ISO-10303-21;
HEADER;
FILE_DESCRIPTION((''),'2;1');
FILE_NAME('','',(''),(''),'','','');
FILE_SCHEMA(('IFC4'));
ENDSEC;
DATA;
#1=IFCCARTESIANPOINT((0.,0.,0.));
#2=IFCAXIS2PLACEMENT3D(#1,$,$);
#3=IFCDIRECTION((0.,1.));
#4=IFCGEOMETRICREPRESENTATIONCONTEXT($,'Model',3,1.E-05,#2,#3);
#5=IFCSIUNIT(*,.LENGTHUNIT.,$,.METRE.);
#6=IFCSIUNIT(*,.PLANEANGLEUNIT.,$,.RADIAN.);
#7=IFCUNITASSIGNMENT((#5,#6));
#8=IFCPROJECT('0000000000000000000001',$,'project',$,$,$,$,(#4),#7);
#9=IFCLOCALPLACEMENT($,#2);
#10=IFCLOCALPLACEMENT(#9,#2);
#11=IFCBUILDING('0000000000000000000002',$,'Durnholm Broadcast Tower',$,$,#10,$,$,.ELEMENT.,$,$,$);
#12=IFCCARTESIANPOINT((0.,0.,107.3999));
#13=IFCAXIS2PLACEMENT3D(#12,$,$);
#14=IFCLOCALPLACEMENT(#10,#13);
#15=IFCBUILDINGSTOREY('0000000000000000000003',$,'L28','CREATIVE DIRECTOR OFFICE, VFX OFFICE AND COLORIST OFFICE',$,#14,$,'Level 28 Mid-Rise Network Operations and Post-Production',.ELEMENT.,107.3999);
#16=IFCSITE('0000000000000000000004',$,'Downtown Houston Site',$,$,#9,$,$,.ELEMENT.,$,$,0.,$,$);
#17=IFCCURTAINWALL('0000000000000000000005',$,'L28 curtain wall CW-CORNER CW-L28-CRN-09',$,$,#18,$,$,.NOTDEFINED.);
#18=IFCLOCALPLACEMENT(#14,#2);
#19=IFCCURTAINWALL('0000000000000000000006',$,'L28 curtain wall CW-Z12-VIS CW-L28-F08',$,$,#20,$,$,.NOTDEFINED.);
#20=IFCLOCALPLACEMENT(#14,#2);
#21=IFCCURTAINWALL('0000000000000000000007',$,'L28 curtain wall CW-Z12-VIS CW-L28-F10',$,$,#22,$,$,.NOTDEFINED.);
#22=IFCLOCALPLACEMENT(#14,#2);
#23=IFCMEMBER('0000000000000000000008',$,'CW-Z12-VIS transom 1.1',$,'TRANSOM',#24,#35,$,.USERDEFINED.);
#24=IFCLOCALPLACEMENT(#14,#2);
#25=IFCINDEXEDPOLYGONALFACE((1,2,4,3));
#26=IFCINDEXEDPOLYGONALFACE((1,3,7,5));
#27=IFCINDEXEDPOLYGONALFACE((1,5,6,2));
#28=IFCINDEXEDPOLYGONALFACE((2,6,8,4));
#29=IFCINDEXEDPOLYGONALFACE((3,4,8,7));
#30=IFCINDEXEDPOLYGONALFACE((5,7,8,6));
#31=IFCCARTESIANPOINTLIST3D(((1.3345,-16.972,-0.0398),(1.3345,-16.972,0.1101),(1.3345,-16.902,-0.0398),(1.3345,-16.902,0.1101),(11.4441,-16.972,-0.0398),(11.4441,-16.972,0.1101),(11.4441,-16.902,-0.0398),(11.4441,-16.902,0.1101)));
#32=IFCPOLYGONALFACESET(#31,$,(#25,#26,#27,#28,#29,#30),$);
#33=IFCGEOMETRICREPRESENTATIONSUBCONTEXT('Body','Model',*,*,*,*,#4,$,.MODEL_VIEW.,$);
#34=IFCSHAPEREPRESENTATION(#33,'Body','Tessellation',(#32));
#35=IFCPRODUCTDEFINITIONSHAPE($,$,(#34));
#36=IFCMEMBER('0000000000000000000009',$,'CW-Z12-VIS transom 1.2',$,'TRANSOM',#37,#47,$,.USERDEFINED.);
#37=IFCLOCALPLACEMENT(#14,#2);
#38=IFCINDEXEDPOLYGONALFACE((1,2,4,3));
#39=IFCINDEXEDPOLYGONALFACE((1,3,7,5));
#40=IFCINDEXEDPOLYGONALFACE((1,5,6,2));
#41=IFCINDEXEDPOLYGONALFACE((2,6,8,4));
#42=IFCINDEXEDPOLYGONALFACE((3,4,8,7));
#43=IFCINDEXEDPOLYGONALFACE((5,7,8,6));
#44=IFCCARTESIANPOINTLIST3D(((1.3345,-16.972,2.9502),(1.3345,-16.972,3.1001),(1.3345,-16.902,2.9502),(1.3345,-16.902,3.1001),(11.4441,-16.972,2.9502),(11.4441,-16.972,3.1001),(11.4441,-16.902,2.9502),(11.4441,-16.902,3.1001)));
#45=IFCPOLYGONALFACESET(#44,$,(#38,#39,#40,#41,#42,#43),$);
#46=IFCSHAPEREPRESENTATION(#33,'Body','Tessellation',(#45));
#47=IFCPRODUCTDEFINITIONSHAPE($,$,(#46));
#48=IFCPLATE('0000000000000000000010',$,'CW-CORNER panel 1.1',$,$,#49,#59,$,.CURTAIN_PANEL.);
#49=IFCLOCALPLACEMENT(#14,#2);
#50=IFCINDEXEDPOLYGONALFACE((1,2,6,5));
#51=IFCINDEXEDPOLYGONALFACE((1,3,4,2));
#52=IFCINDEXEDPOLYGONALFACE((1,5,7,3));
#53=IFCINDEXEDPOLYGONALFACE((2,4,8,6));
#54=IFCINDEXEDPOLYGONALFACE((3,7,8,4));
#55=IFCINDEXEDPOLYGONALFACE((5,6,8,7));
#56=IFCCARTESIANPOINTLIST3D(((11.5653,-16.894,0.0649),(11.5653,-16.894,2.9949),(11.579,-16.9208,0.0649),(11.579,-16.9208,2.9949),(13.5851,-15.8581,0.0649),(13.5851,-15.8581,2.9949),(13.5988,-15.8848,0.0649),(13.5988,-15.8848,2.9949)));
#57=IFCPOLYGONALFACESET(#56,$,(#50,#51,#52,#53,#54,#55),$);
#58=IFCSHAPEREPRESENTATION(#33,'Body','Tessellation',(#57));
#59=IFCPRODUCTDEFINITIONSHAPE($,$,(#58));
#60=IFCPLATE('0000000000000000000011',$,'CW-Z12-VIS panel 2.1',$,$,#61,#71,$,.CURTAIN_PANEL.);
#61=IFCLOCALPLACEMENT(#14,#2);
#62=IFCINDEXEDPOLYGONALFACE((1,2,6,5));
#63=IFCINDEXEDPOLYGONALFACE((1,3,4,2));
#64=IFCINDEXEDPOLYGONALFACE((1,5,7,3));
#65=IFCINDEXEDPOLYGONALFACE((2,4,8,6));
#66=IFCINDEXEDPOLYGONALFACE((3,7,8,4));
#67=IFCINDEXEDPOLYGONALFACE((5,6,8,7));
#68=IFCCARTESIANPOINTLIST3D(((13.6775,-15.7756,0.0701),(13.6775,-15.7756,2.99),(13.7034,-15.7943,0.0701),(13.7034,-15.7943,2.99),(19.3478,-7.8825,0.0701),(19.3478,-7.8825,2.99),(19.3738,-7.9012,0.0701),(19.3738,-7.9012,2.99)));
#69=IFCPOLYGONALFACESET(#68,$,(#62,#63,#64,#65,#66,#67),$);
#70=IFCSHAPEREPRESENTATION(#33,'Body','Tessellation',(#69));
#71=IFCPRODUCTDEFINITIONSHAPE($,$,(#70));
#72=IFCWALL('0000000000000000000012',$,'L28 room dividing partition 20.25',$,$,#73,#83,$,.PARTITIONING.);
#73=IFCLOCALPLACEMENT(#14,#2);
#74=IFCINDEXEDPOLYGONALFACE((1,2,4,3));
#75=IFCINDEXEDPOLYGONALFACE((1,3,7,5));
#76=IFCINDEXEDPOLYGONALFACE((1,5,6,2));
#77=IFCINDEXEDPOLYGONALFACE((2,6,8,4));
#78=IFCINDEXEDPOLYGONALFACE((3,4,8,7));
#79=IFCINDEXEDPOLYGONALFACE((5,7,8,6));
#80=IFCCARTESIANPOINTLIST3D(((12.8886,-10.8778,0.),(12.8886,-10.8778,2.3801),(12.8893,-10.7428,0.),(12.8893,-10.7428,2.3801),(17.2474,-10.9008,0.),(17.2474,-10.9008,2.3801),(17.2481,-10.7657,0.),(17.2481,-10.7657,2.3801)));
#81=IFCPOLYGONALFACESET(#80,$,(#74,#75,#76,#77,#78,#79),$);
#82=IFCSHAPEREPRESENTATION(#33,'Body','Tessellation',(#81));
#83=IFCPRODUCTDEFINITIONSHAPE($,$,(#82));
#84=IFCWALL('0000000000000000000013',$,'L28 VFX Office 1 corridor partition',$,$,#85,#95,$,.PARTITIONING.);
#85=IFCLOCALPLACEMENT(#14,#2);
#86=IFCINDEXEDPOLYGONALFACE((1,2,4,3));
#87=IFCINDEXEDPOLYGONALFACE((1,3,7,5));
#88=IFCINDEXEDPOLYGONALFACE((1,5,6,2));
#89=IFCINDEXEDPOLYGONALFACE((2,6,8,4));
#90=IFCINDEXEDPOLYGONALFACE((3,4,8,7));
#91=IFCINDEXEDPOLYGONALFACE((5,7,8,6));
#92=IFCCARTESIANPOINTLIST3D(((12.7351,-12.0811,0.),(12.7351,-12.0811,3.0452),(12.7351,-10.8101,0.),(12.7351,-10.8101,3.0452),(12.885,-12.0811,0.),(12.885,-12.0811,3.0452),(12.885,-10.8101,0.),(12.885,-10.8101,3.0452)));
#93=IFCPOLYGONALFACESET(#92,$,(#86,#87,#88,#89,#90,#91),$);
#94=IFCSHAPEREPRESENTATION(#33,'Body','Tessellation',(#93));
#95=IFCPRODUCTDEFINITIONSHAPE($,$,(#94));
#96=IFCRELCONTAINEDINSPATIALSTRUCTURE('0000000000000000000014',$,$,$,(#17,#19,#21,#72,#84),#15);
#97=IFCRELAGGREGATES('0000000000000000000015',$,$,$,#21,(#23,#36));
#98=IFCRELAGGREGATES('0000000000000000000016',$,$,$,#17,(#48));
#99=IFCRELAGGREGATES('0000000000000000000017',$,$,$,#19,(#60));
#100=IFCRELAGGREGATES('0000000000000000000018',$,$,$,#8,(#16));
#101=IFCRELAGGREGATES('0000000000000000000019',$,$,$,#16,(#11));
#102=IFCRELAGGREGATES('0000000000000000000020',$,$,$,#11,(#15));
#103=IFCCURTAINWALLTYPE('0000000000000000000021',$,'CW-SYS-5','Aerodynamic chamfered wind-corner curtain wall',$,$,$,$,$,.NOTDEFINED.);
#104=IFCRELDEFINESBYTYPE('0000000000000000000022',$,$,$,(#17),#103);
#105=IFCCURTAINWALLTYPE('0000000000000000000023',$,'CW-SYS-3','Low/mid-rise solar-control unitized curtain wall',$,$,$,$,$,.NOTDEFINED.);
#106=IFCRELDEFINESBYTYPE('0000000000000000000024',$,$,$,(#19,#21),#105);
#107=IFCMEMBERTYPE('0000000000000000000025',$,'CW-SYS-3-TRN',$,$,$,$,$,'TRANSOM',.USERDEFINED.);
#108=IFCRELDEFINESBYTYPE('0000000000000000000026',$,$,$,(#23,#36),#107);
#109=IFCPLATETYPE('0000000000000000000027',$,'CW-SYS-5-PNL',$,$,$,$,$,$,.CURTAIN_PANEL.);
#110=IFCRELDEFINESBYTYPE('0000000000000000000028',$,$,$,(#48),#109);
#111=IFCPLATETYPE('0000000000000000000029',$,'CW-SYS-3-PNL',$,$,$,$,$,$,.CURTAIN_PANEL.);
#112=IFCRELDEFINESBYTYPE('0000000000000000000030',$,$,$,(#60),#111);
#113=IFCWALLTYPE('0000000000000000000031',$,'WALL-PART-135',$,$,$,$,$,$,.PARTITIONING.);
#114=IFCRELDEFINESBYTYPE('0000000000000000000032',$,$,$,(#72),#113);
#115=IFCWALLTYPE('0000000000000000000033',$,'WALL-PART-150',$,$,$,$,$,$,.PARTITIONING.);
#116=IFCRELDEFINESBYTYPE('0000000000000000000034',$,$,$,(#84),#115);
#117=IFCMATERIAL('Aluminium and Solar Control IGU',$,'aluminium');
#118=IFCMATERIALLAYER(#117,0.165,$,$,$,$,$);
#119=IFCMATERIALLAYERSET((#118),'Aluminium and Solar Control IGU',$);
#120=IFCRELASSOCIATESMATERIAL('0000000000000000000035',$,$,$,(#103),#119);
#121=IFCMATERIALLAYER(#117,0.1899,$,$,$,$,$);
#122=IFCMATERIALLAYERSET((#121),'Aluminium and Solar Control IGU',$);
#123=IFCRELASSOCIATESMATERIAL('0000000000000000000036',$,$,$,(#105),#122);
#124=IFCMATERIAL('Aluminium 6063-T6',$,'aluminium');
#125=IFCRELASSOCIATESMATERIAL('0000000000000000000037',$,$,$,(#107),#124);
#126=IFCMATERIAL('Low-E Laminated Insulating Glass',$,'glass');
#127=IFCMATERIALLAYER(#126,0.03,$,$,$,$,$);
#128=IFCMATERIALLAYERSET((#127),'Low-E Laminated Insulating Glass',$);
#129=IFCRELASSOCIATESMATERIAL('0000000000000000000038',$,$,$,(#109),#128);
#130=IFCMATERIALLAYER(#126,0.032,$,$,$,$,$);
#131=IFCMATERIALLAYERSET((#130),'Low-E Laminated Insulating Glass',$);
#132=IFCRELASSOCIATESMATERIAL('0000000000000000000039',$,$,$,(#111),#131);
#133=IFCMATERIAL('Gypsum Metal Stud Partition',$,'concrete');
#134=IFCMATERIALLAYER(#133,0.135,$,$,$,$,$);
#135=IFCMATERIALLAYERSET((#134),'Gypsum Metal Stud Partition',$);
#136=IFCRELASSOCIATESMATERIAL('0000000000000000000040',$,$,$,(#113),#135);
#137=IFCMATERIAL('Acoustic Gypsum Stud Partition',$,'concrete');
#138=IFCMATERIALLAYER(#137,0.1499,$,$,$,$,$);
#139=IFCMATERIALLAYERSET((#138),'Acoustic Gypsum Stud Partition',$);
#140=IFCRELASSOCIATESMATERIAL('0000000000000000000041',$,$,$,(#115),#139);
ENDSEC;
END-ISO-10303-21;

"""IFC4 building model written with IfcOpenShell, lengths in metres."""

from ifc_helpers import new_model, si_unit, direction, frame, frame_2d, origin, origin_2d, place, context, subcontext, project, spatial, rectangle, extrude, source, transform, mapped, material, layer, layer_set, material_profile, profile_set, type_object, type_shapes, element, aggregate, save


model = new_model("IFC4")

# Units and contexts
model_context = context("Model", 3, precision=1e-05, world=origin(), true_north=direction((0.0, 1.0)))
body_context = subcontext(model_context, "Body", "Model", "MODEL_VIEW")
ifc_project = project(units=[si_unit("LENGTHUNIT", "METRE"), si_unit("PLANEANGLEUNIT", "RADIAN")], contexts=[model_context])

# Site, building, storey
site_placement = place(None, origin())
site = spatial("IfcSite", under=ifc_project, at=site_placement, Name="Downtown Houston Site", CompositionType="ELEMENT", RefElevation=0.0)
building_placement = place(site_placement, origin())
building = spatial("IfcBuilding", under=site, at=building_placement, Name="Durnholm Broadcast Tower", CompositionType="ELEMENT")
storey_placement = place(building_placement, frame((0.0, 0.0, 107.3999)))
storey = spatial("IfcBuildingStorey", under=building, at=storey_placement, Name="L28", Description="CREATIVE DIRECTOR OFFICE, VFX OFFICE AND COLORIST OFFICE", LongName="Level 28 Mid-Rise Network Operations and Post-Production", CompositionType="ELEMENT", Elevation=107.3999)

# Curtain wall
ifc_material_1 = material(Name="Aluminium and Solar Control IGU", Category="aluminium")
ifc_layer_1 = layer(ifc_material_1, 0.165)
ifc_layer_set_1 = layer_set([ifc_layer_1], Name="Aluminium and Solar Control IGU")
curtain_wall_type_1 = type_object("IfcCurtainWallType", Name="CW-SYS-5", Description="Aerodynamic chamfered wind-corner curtain wall", PredefinedType="NOTDEFINED", material=ifc_layer_set_1)
curtain_wall_1_placement = place(storey_placement, origin())
curtain_wall_1 = element("IfcCurtainWall", 1, at=curtain_wall_1_placement, inside=storey, type_object=curtain_wall_type_1, Name="L28 curtain wall CW-CORNER CW-L28-CRN-09", PredefinedType="NOTDEFINED")
ifc_material_2 = material(Name="Aluminium 6063-T6", Category="aluminium")

# Curtain walls
ifc_layer_2 = layer(ifc_material_1, 0.1899)
ifc_layer_set_2 = layer_set([ifc_layer_2], Name="Aluminium and Solar Control IGU")
curtain_wall_type_2 = type_object("IfcCurtainWallType", Name="CW-SYS-3", Description="Low/mid-rise solar-control unitized curtain wall", PredefinedType="NOTDEFINED", material=ifc_layer_set_2)
curtain_wall_2_placement = place(storey_placement, origin())
curtain_wall_2 = element("IfcCurtainWall", 2, at=curtain_wall_2_placement, inside=storey, type_object=curtain_wall_type_2, Name="L28 curtain wall CW-Z12-VIS CW-L28-F08", PredefinedType="NOTDEFINED")
curtain_wall_3_placement = place(storey_placement, origin())
curtain_wall_3 = element("IfcCurtainWall", 3, at=curtain_wall_3_placement, inside=storey, type_object=curtain_wall_type_2, Name="L28 curtain wall CW-Z12-VIS CW-L28-F10", PredefinedType="NOTDEFINED")

# Members
ifc_material_profile_1 = material_profile(ifc_material_2, rectangle(XDim=0.0701, YDim=0.1499, at=origin_2d()), Name="CWT70X150")
ifc_profile_set_1 = profile_set([ifc_material_profile_1], Name="Aluminium 6063-T6")
member_type_1 = type_object("IfcMemberType", Name="CW-SYS-3-TRN", ElementType="TRANSOM", PredefinedType="USERDEFINED", material=ifc_profile_set_1)
shared_shape_1 = source(origin(), body_context, "Body", "SweptSolid", [
    extrude(rectangle(XDim=0.0701, YDim=0.1499, at=origin_2d()), origin(), (0.0, 0.0, 1.0), 10.1096),
])
type_shapes(member_type_1, [shared_shape_1])
member_1_placement = place(storey_placement, frame((11.4441, -16.937, 0.0352), z_axis=(-1.0, 0.0, 0.0), x_axis=(0.0, -1.0, 0.0)))
member_1 = element("IfcMember", 4, at=member_1_placement, type_object=member_type_1, Name="CW-Z12-VIS transom 1.1", ObjectType="TRANSOM", PredefinedType="USERDEFINED", context=body_context, shape_type="MappedRepresentation", body=[
    mapped(shared_shape_1, transform((0.0, 0.0, 0.0), x_axis=(1.0, 0.0, 0.0), y_axis=(0.0, 1.0, 0.0), z_axis=(0.0, 0.0, 1.0), scale=1.0)),
])
member_2_placement = place(storey_placement, frame((11.4441, -16.937, 3.0251), z_axis=(-1.0, 0.0, 0.0), x_axis=(0.0, -1.0, 0.0)))
member_2 = element("IfcMember", 5, at=member_2_placement, type_object=member_type_1, Name="CW-Z12-VIS transom 1.2", ObjectType="TRANSOM", PredefinedType="USERDEFINED", context=body_context, shape_type="MappedRepresentation", body=[
    mapped(shared_shape_1, transform((0.0, 0.0, 0.0), x_axis=(1.0, 0.0, 0.0), y_axis=(0.0, 1.0, 0.0), z_axis=(0.0, 0.0, 1.0), scale=1.0)),
])
aggregate(curtain_wall_3, [member_1, member_2])

# Plates
ifc_material_3 = material(Name="Low-E Laminated Insulating Glass", Category="glass")
ifc_layer_3 = layer(ifc_material_3, 0.03)
ifc_layer_set_3 = layer_set([ifc_layer_3], Name="Low-E Laminated Insulating Glass")
plate_type_1 = type_object("IfcPlateType", Name="CW-SYS-5-PNL", PredefinedType="CURTAIN_PANEL", material=ifc_layer_set_3)
shared_shape_2 = source(origin(), body_context, "Body", "SweptSolid", [
    extrude(rectangle(XDim=2.27, YDim=0.03, at=origin_2d()), origin(), (0.0, 0.0, 1.0), 2.9299),
])
type_shapes(plate_type_1, [shared_shape_2])
plate_1_placement = place(storey_placement, frame((12.582, -16.3894, 0.0649), z_axis=(0.0, 0.0, 1.0), x_axis=(-0.889788, -0.456373, 0.0)))
plate_1 = element("IfcPlate", 6, at=plate_1_placement, type_object=plate_type_1, Name="CW-CORNER panel 1.1", PredefinedType="CURTAIN_PANEL", context=body_context, shape_type="MappedRepresentation", body=[
    mapped(shared_shape_2, transform((0.0, 0.0, 0.0), x_axis=(1.0, 0.0, 0.0), y_axis=(0.0, 1.0, 0.0), z_axis=(0.0, 0.0, 1.0), scale=1.0)),
])
aggregate(curtain_wall_1, [plate_1])
ifc_layer_4 = layer(ifc_material_3, 0.032)
ifc_layer_set_4 = layer_set([ifc_layer_4], Name="Low-E Laminated Insulating Glass")
plate_type_2 = type_object("IfcPlateType", Name="CW-SYS-3-PNL", PredefinedType="CURTAIN_PANEL", material=ifc_layer_set_4)
shared_shape_3 = source(origin(), body_context, "Body", "SweptSolid", [
    extrude(rectangle(XDim=9.7188, YDim=0.032, at=origin_2d()), origin(), (0.0, 0.0, 1.0), 2.9199),
])
type_shapes(plate_type_2, [shared_shape_3])
plate_2_placement = place(storey_placement, frame((16.5256, -11.8384, 0.0701), z_axis=(0.0, 0.0, 1.0), x_axis=(-0.583445, -0.812152, 0.0)))
plate_2 = element("IfcPlate", 7, at=plate_2_placement, type_object=plate_type_2, Name="CW-Z12-VIS panel 2.1", PredefinedType="CURTAIN_PANEL", context=body_context, shape_type="MappedRepresentation", body=[
    mapped(shared_shape_3, transform((0.0, 0.0, 0.0), x_axis=(1.0, 0.0, 0.0), y_axis=(0.0, 1.0, 0.0), z_axis=(0.0, 0.0, 1.0), scale=1.0)),
])
aggregate(curtain_wall_2, [plate_2])

# Walls
ifc_material_4 = material(Name="Gypsum Metal Stud Partition", Category="concrete")
ifc_layer_5 = layer(ifc_material_4, 0.135)
ifc_layer_set_5 = layer_set([ifc_layer_5], Name="Gypsum Metal Stud Partition")
wall_type_1 = type_object("IfcWallType", Name="WALL-PART-135", PredefinedType="PARTITIONING", material=ifc_layer_set_5)
wall_1_placement = place(storey_placement, frame((12.8889, -10.8103, 0.0), z_axis=(0.0, 0.0, 1.0), x_axis=(0.999986, -0.005265, 0.0)))
element("IfcWall", 8, at=wall_1_placement, inside=storey, type_object=wall_type_1, Name="L28 room dividing partition 20.25", PredefinedType="PARTITIONING", context=body_context, shape_type="SweptSolid", body=[
    extrude(rectangle(XDim=4.3589, YDim=0.135, at=frame_2d((2.1794, 0.0))), origin(), (0.0, 0.0, 1.0), 2.3801),
])
ifc_material_5 = material(Name="Acoustic Gypsum Stud Partition", Category="concrete")
ifc_layer_6 = layer(ifc_material_5, 0.1499)
ifc_layer_set_6 = layer_set([ifc_layer_6], Name="Acoustic Gypsum Stud Partition")
wall_type_2 = type_object("IfcWallType", Name="WALL-PART-150", PredefinedType="PARTITIONING", material=ifc_layer_set_6)
wall_2_placement = place(storey_placement, frame((12.8101, -12.0811, 0.0), z_axis=(0.0, 0.0, 1.0), x_axis=(0.0, 1.0, 0.0)))
element("IfcWall", 9, at=wall_2_placement, inside=storey, type_object=wall_type_2, Name="L28 VFX Office 1 corridor partition", PredefinedType="PARTITIONING", context=body_context, shape_type="SweptSolid", body=[
    extrude(rectangle(XDim=1.271, YDim=0.1499, at=frame_2d((0.6355, 0.0))), origin(), (0.0, 0.0, 1.0), 3.0452),
])

save(model, "model.ifc")
